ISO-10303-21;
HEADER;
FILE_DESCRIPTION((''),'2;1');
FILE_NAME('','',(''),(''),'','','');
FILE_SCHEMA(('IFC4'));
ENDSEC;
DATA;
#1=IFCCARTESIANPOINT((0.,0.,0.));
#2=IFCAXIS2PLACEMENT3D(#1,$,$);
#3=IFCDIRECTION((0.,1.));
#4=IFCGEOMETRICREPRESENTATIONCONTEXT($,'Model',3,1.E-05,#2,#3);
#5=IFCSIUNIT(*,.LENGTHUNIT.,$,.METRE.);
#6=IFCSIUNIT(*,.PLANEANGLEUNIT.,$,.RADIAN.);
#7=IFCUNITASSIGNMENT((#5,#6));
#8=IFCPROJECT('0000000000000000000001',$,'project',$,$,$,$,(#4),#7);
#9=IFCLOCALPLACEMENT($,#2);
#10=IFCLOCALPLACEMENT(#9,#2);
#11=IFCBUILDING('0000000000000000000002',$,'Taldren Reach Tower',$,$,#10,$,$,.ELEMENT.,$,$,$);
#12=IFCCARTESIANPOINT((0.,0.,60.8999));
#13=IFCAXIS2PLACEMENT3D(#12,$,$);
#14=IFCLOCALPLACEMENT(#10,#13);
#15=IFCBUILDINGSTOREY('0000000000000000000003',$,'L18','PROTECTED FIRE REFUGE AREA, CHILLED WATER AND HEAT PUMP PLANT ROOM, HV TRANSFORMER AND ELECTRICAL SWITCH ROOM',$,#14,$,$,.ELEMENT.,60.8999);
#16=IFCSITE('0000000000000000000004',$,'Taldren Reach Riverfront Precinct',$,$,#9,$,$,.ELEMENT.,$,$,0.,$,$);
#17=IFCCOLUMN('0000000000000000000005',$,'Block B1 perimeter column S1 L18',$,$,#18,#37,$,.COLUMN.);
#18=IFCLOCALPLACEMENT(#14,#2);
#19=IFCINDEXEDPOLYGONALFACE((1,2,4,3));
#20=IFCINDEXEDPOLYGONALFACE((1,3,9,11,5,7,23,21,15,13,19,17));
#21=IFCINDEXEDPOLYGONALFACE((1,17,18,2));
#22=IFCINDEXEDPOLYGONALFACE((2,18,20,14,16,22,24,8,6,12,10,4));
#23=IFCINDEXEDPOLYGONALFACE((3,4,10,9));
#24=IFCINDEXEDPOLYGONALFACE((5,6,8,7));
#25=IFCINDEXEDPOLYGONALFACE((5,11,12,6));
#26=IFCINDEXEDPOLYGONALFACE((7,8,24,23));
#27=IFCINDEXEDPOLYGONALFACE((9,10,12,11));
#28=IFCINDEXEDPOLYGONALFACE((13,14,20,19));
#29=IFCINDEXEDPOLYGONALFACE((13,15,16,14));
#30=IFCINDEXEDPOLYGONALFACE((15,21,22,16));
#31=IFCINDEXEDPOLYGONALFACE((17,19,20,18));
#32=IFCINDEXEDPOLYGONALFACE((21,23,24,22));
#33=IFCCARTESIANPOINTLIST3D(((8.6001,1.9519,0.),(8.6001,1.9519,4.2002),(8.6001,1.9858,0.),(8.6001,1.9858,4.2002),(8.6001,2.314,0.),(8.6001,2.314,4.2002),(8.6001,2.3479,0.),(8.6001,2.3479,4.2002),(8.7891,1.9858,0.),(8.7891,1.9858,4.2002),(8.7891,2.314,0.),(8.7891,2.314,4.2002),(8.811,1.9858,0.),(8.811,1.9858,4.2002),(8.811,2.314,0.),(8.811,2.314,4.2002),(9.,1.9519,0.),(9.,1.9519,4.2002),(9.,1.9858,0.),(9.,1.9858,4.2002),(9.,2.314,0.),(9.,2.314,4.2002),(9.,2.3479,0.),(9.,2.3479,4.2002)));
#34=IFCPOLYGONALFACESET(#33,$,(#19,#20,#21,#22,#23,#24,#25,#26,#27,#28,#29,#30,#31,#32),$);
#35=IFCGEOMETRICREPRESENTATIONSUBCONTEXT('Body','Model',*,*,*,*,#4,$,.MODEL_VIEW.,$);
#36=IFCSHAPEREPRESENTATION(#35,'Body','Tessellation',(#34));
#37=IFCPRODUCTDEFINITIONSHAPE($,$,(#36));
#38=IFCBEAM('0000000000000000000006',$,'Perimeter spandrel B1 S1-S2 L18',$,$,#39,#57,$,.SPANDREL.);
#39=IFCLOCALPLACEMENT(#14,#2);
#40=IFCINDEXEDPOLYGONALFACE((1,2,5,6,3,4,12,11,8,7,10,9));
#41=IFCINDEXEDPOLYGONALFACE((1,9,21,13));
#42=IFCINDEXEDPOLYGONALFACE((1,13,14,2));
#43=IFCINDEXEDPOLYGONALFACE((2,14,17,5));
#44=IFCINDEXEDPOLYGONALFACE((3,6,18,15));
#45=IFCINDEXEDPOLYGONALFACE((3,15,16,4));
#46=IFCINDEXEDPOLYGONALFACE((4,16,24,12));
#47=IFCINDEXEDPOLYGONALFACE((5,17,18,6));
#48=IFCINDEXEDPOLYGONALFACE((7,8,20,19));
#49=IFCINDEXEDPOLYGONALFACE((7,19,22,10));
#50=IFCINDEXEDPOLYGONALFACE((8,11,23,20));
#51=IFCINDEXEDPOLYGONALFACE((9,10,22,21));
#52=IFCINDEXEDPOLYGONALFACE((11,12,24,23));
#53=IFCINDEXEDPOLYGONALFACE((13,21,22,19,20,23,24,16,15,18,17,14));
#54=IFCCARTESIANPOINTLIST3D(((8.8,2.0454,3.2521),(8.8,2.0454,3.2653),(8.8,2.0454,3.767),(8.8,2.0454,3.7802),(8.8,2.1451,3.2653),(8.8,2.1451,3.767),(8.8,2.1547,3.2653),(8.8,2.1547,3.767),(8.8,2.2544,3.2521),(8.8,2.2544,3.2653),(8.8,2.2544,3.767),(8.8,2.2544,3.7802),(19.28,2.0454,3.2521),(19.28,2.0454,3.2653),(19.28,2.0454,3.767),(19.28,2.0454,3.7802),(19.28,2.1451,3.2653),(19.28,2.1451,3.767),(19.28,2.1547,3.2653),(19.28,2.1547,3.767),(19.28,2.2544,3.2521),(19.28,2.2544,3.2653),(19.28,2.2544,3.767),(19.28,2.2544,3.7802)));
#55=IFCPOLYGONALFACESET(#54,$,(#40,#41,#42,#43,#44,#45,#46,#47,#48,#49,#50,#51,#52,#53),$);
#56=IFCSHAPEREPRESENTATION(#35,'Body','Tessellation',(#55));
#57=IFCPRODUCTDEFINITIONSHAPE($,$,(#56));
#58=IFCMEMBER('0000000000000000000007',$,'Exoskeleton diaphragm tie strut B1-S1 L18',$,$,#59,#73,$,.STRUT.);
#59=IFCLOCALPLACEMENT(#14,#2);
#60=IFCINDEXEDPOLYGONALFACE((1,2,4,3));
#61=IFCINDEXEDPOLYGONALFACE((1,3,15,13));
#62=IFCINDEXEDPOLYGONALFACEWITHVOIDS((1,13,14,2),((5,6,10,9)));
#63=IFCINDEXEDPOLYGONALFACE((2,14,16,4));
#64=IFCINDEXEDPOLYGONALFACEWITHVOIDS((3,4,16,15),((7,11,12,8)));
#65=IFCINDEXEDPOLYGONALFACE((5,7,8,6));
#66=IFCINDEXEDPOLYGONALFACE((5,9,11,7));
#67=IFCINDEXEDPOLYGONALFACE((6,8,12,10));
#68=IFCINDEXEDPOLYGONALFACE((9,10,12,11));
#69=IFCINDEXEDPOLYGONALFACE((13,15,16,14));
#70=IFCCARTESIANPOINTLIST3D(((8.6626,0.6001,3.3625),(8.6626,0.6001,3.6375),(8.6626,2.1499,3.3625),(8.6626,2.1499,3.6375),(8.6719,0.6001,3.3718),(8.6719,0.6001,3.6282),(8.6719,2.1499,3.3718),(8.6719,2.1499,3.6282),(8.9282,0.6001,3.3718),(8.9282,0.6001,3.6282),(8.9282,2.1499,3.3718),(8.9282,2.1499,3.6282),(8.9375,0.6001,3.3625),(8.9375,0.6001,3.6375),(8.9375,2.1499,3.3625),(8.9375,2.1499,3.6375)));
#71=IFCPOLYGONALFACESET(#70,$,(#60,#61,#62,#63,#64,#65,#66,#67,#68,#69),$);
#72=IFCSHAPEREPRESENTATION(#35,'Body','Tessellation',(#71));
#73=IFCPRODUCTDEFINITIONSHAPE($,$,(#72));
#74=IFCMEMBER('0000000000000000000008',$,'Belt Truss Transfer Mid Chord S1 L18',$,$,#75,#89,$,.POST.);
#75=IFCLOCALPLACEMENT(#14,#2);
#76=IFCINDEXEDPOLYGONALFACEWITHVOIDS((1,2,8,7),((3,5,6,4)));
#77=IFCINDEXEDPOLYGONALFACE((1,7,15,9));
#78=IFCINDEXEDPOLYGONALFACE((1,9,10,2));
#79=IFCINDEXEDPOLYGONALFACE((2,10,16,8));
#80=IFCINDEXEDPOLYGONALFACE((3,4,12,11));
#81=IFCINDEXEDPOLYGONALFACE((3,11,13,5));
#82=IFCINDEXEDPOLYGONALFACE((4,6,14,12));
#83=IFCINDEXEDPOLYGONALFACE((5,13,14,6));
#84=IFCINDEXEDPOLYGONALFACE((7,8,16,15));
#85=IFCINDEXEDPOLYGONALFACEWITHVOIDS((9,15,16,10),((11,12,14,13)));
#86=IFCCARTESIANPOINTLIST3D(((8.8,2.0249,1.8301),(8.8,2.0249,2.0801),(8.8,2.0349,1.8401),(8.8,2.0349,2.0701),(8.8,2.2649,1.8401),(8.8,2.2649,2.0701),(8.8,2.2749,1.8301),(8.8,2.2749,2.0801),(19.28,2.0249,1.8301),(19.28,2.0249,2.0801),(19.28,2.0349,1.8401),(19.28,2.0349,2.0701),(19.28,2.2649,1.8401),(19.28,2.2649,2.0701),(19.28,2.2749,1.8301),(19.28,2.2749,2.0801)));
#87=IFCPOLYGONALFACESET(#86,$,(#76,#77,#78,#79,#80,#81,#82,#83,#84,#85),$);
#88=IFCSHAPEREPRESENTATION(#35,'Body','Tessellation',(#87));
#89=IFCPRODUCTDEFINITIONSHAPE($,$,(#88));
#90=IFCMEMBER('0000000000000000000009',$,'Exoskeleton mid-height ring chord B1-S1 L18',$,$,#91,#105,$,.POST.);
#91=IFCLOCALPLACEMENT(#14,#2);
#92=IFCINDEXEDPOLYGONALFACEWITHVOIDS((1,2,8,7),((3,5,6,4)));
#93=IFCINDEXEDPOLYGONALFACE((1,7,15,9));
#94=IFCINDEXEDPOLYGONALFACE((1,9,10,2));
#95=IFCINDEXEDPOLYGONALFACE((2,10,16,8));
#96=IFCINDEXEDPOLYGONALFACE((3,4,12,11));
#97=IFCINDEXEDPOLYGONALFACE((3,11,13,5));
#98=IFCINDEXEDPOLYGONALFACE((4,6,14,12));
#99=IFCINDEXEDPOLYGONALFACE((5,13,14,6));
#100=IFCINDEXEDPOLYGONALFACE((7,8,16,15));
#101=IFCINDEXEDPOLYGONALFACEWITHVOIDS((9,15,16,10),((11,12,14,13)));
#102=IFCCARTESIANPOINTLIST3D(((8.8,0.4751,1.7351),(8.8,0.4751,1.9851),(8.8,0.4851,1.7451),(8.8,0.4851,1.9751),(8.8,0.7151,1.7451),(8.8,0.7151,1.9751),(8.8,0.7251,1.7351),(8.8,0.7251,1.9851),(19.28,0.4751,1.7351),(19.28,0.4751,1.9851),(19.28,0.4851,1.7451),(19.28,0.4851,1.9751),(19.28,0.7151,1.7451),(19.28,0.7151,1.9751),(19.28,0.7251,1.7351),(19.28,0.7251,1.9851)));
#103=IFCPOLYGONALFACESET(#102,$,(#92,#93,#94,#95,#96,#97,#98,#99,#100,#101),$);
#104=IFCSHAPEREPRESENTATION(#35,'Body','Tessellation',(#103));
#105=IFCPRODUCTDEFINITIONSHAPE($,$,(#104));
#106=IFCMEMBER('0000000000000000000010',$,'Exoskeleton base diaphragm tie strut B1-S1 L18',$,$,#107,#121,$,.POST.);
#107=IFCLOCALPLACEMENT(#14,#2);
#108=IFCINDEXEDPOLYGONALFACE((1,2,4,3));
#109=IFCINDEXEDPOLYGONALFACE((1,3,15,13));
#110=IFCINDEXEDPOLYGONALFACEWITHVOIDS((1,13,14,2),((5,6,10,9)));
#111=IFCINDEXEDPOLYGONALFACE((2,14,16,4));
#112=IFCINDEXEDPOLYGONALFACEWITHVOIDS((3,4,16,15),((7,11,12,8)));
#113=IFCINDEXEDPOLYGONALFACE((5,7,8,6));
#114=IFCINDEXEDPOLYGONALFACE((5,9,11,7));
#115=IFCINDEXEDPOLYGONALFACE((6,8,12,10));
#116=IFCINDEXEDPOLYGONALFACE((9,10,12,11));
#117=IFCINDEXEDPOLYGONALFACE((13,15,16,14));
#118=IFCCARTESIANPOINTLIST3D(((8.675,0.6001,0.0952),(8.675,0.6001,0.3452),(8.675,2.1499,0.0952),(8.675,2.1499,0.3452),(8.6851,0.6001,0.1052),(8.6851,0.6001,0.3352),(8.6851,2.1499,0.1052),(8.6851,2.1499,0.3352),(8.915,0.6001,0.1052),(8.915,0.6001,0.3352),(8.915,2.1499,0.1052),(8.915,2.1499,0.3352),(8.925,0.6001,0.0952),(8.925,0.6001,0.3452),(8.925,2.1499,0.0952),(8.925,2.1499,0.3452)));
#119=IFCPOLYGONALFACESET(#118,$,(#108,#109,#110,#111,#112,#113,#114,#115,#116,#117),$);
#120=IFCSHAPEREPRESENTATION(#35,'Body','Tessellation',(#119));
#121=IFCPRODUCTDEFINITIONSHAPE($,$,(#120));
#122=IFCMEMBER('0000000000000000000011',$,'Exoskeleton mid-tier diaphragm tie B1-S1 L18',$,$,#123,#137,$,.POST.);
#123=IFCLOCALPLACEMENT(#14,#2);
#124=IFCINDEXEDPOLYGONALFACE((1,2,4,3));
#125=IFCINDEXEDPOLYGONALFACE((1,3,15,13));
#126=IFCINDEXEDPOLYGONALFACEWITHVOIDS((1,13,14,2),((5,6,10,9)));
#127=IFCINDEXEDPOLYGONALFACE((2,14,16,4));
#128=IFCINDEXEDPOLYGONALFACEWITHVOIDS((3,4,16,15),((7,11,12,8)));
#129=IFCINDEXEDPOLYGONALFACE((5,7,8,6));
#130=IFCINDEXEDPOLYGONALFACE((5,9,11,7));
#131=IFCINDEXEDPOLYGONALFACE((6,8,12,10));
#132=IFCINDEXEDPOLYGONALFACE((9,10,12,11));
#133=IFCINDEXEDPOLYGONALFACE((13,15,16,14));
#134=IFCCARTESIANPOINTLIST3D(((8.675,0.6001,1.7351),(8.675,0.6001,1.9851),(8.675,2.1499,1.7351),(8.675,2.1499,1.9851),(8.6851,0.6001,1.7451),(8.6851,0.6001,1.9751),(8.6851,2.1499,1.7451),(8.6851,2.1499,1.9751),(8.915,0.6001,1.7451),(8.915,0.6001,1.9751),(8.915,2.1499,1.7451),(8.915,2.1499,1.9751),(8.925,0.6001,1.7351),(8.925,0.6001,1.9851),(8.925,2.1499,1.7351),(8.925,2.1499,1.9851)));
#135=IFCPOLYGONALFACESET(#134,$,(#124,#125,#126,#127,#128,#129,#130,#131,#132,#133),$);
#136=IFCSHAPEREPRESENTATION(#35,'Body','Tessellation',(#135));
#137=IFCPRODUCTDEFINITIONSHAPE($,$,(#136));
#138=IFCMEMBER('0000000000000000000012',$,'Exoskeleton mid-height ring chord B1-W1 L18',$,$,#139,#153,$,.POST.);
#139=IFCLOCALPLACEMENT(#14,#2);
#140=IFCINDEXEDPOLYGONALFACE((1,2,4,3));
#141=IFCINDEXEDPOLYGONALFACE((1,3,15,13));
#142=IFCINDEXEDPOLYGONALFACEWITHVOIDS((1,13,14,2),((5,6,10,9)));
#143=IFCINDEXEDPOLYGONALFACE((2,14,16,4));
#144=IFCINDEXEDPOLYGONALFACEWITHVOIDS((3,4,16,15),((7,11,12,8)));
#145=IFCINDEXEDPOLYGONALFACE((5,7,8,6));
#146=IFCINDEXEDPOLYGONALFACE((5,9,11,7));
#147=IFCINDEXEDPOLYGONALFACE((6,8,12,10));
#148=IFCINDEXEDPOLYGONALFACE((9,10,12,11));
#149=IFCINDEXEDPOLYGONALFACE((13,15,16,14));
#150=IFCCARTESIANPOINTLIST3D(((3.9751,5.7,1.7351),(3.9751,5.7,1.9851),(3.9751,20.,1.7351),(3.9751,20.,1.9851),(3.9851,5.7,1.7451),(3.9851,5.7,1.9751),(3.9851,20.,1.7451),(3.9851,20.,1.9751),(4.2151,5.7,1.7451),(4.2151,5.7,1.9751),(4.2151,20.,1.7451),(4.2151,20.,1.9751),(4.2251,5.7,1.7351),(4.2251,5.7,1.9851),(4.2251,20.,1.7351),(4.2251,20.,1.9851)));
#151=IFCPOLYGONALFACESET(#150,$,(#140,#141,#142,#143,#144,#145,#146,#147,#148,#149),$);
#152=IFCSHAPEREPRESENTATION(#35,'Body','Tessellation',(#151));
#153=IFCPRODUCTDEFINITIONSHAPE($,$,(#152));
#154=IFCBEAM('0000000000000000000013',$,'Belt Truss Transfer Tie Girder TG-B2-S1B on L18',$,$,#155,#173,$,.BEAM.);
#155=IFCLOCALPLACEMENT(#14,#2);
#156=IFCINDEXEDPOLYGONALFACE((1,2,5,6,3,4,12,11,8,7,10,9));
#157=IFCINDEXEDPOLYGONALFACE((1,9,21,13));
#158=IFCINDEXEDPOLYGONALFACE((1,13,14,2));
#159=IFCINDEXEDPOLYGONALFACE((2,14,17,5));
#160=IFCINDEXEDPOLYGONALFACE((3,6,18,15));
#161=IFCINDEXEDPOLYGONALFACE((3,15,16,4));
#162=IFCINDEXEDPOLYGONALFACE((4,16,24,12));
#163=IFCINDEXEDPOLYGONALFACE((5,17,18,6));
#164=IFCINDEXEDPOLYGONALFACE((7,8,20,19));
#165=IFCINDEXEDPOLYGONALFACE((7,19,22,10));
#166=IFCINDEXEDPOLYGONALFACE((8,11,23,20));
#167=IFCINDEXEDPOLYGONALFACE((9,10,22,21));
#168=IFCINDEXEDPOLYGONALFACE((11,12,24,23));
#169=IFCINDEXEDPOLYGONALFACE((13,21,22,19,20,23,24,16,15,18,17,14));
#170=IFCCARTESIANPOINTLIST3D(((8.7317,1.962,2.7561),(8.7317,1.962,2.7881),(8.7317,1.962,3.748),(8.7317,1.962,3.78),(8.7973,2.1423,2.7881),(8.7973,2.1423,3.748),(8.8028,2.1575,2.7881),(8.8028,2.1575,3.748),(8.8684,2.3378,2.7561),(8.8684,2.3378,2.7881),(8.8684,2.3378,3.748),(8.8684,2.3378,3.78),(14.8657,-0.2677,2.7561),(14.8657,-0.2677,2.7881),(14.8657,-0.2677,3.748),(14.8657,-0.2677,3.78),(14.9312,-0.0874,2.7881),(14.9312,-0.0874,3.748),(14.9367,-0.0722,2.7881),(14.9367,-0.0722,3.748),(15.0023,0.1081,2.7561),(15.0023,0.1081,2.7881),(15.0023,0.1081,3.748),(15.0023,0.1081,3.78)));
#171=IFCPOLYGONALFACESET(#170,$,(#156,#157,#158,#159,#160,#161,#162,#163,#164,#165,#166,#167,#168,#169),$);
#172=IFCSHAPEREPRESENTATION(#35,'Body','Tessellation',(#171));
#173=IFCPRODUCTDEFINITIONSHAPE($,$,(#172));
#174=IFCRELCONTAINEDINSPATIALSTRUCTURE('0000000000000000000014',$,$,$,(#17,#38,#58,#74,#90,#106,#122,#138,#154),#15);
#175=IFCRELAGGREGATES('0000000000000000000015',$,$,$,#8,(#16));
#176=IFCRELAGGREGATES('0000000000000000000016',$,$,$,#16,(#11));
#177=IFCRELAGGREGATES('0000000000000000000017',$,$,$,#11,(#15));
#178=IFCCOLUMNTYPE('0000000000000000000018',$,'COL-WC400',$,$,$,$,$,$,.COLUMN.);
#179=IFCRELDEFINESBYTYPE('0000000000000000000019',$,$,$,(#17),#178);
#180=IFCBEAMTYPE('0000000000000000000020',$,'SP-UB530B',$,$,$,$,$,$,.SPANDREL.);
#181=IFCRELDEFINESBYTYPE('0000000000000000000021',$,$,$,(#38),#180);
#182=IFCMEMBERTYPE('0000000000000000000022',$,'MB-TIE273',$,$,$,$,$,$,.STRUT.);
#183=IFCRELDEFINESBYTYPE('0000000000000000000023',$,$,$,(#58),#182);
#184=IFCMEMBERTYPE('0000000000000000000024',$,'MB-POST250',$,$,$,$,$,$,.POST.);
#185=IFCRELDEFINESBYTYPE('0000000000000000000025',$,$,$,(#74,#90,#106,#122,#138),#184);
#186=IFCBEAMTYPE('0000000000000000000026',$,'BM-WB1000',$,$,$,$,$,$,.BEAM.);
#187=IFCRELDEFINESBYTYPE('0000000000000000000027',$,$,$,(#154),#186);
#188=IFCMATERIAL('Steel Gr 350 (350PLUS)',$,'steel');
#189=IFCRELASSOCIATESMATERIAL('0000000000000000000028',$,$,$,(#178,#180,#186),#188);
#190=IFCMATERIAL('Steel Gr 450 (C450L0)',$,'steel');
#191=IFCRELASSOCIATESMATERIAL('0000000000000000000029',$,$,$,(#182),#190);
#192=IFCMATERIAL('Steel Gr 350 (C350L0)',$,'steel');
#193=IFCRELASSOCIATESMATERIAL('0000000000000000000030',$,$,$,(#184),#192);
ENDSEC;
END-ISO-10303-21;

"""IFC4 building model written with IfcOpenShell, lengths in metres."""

from ifc_helpers import new_model, si_unit, direction, frame, origin, origin_2d, place, context, subcontext, project, spatial, hollow_rectangle, i_section, extrude, source, transform, mapped, material, material_profile, profile_set, type_object, element, save


model = new_model("IFC4")

# Units and contexts
model_context = context("Model", 3, precision=1e-05, world=origin(), true_north=direction((0.0, 1.0)))
body_context = subcontext(model_context, "Body", "Model", "MODEL_VIEW")
ifc_project = project(units=[si_unit("LENGTHUNIT", "METRE"), si_unit("PLANEANGLEUNIT", "RADIAN")], contexts=[model_context])

# Site, building, storey
site_placement = place(None, origin())
site = spatial("IfcSite", under=ifc_project, at=site_placement, Name="Taldren Reach Riverfront Precinct", CompositionType="ELEMENT", RefElevation=0.0)
building_placement = place(site_placement, origin())
building = spatial("IfcBuilding", under=site, at=building_placement, Name="Taldren Reach Tower", CompositionType="ELEMENT")
storey_placement = place(building_placement, frame((0.0, 0.0, 60.8999)))
storey = spatial("IfcBuildingStorey", under=building, at=storey_placement, Name="L18", Description="PROTECTED FIRE REFUGE AREA, CHILLED WATER AND HEAT PUMP PLANT ROOM, HV TRANSFORMER AND ELECTRICAL SWITCH ROOM", CompositionType="ELEMENT", Elevation=60.8999)

# Column
ifc_material_1 = material(Name="Steel Gr 350 (350PLUS)", Category="steel")
ifc_material_profile_1 = material_profile(ifc_material_1, i_section(OverallWidth=0.3999, OverallDepth=0.396, WebThickness=0.022, FlangeThickness=0.0339, at=origin_2d()), Name="400WC270")
ifc_profile_set_1 = profile_set([ifc_material_profile_1], Name="Steel Gr 350 (350PLUS)")
column_type = type_object("IfcColumnType", Name="COL-WC400", PredefinedType="COLUMN", material=ifc_profile_set_1)
shared_shape_1 = source(origin(), body_context, "Body", "SweptSolid", [
    extrude(i_section(OverallWidth=0.3999, OverallDepth=0.396, WebThickness=0.022, FlangeThickness=0.0339, at=origin_2d()), origin(), (0.0, 0.0, 1.0), 4.2002),
])
column_placement = place(storey_placement, frame((8.8, 2.1499, 0.0), z_axis=(0.0, 0.0, 1.0), x_axis=(1.0, 0.0, 0.0)))
element("IfcColumn", 1, at=column_placement, inside=storey, type_object=column_type, Name="Block B1 perimeter column S1 L18", PredefinedType="COLUMN", context=body_context, shape_type="MappedRepresentation", body=[
    mapped(shared_shape_1, transform((0.0, 0.0, 0.0), scale=1.0)),
])

# Beam
ifc_material_profile_2 = material_profile(ifc_material_1, i_section(OverallWidth=0.209, OverallDepth=0.5281, WebThickness=0.0095, FlangeThickness=0.0132, at=origin_2d()), Name="530UB82.0")
ifc_profile_set_2 = profile_set([ifc_material_profile_2], Name="Steel Gr 350 (350PLUS)")
beam_type_1 = type_object("IfcBeamType", Name="SP-UB530B", PredefinedType="SPANDREL", material=ifc_profile_set_2)
shared_shape_2 = source(origin(), body_context, "Body", "SweptSolid", [
    extrude(i_section(OverallWidth=0.209, OverallDepth=0.5281, WebThickness=0.0095, FlangeThickness=0.0132, at=origin_2d()), origin(), (0.0, 0.0, 1.0), 10.48),
])
beam_1_placement = place(storey_placement, frame((8.8, 2.1499, 3.5161), z_axis=(1.0, 0.0, 0.0), x_axis=(0.0, 1.0, 0.0)))
element("IfcBeam", 2, at=beam_1_placement, inside=storey, type_object=beam_type_1, Name="Perimeter spandrel B1 S1-S2 L18", PredefinedType="SPANDREL", context=body_context, shape_type="MappedRepresentation", body=[
    mapped(shared_shape_2, transform((0.0, 0.0, 0.0), scale=1.0)),
])

# Members
ifc_material_2 = material(Name="Steel Gr 450 (C450L0)", Category="steel")
ifc_material_profile_3 = material_profile(ifc_material_2, hollow_rectangle(XDim=0.2749, YDim=0.2749, WallThickness=0.0093, at=origin_2d()), Name="275x275x9.3SHS")
ifc_profile_set_3 = profile_set([ifc_material_profile_3], Name="Steel Gr 450 (C450L0)")
member_type_1 = type_object("IfcMemberType", Name="MB-TIE273", PredefinedType="STRUT", material=ifc_profile_set_3)
shared_shape_3 = source(origin(), body_context, "Body", "SweptSolid", [
    extrude(hollow_rectangle(XDim=0.2749, YDim=0.2749, WallThickness=0.0093, at=origin_2d()), origin(), (0.0, 0.0, 1.0), 1.5498),
])
member_1_placement = place(storey_placement, frame((8.8, 2.1499, 3.5), z_axis=(0.0, -1.0, 0.0), x_axis=(1.0, 0.0, 0.0)))
element("IfcMember", 3, at=member_1_placement, inside=storey, type_object=member_type_1, Name="Exoskeleton diaphragm tie strut B1-S1 L18", PredefinedType="STRUT", context=body_context, shape_type="MappedRepresentation", body=[
    mapped(shared_shape_3, transform((0.0, 0.0, 0.0), scale=1.0)),
])
ifc_material_3 = material(Name="Steel Gr 350 (C350L0)", Category="steel")
ifc_material_profile_4 = material_profile(ifc_material_3, hollow_rectangle(XDim=0.25, YDim=0.25, WallThickness=0.01, at=origin_2d()), Name="250x250x10.0SHS")
ifc_profile_set_4 = profile_set([ifc_material_profile_4], Name="Steel Gr 350 (C350L0)")
member_type_2 = type_object("IfcMemberType", Name="MB-POST250", PredefinedType="POST", material=ifc_profile_set_4)
shared_shape_4 = source(origin(), body_context, "Body", "SweptSolid", [
    extrude(hollow_rectangle(XDim=0.25, YDim=0.25, WallThickness=0.01, at=origin_2d()), origin(), (0.0, 0.0, 1.0), 10.48),
])
for number, where, z_axis, x_axis, name in (
    (4, (8.8, 2.1499, 1.9551), (1.0, 0.0, 0.0), (0.0, 1.0, 0.0), "Belt Truss Transfer Mid Chord S1 L18"),
    (5, (8.8, 0.6001, 1.8601), (1.0, 0.0, 0.0), (0.0, 1.0, 0.0), "Exoskeleton mid-height ring chord B1-S1 L18"),
):
    element("IfcMember", number, at=place(storey_placement, frame(where, z_axis=z_axis, x_axis=x_axis)), inside=storey, type_object=member_type_2, Name=name, PredefinedType="POST", context=body_context, shape_type="MappedRepresentation", body=[
        mapped(shared_shape_4, transform((0.0, 0.0, 0.0), scale=1.0)),
    ])
shared_shape_5 = source(origin(), body_context, "Body", "SweptSolid", [
    extrude(hollow_rectangle(XDim=0.25, YDim=0.25, WallThickness=0.01, at=origin_2d()), origin(), (0.0, 0.0, 1.0), 1.5498),
])
for number, where, z_axis, x_axis, name in (
    (6, (8.8, 2.1499, 0.2202), (0.0, -1.0, 0.0), (1.0, 0.0, 0.0), "Exoskeleton base diaphragm tie strut B1-S1 L18"),
    (7, (8.8, 2.1499, 1.8601), (0.0, -1.0, 0.0), (1.0, 0.0, 0.0), "Exoskeleton mid-tier diaphragm tie B1-S1 L18"),
):
    element("IfcMember", number, at=place(storey_placement, frame(where, z_axis=z_axis, x_axis=x_axis)), inside=storey, type_object=member_type_2, Name=name, PredefinedType="POST", context=body_context, shape_type="MappedRepresentation", body=[
        mapped(shared_shape_5, transform((0.0, 0.0, 0.0), scale=1.0)),
    ])
shared_shape_6 = source(origin(), body_context, "Body", "SweptSolid", [
    extrude(hollow_rectangle(XDim=0.25, YDim=0.25, WallThickness=0.01, at=origin_2d()), origin(), (0.0, 0.0, 1.0), 14.3),
])
member_2_placement = place(storey_placement, frame((4.1001, 5.7, 1.8601), z_axis=(0.0, 1.0, 0.0), x_axis=(-1.0, 0.0, 0.0)))
element("IfcMember", 8, at=member_2_placement, inside=storey, type_object=member_type_2, Name="Exoskeleton mid-height ring chord B1-W1 L18", PredefinedType="POST", context=body_context, shape_type="MappedRepresentation", body=[
    mapped(shared_shape_6, transform((0.0, 0.0, 0.0), scale=1.0)),
])

# Beam
ifc_material_profile_5 = material_profile(ifc_material_1, i_section(OverallWidth=0.3999, OverallDepth=1.0239, WebThickness=0.0161, FlangeThickness=0.032, at=origin_2d()), Name="1000WB322")
ifc_profile_set_5 = profile_set([ifc_material_profile_5], Name="Steel Gr 350 (350PLUS)")
beam_type_2 = type_object("IfcBeamType", Name="BM-WB1000", PredefinedType="BEAM", material=ifc_profile_set_5)
shared_shape_7 = source(origin(), body_context, "Body", "SweptSolid", [
    extrude(i_section(OverallWidth=0.3999, OverallDepth=1.0239, WebThickness=0.0161, FlangeThickness=0.032, at=origin_2d()), origin(), (0.0, 0.0, 1.0), 6.5266),
])
beam_2_placement = place(storey_placement, frame((8.8, 2.1499, 3.2681), z_axis=(0.939834, -0.341632, 0.0), x_axis=(0.341632, 0.939834, 0.0)))
element("IfcBeam", 9, at=beam_2_placement, inside=storey, type_object=beam_type_2, Name="Belt Truss Transfer Tie Girder TG-B2-S1B on L18", PredefinedType="BEAM", context=body_context, shape_type="MappedRepresentation", body=[
    mapped(shared_shape_7, transform((0.0, 0.0, 0.0), scale=1.0)),
])

save(model, "model.ifc")
